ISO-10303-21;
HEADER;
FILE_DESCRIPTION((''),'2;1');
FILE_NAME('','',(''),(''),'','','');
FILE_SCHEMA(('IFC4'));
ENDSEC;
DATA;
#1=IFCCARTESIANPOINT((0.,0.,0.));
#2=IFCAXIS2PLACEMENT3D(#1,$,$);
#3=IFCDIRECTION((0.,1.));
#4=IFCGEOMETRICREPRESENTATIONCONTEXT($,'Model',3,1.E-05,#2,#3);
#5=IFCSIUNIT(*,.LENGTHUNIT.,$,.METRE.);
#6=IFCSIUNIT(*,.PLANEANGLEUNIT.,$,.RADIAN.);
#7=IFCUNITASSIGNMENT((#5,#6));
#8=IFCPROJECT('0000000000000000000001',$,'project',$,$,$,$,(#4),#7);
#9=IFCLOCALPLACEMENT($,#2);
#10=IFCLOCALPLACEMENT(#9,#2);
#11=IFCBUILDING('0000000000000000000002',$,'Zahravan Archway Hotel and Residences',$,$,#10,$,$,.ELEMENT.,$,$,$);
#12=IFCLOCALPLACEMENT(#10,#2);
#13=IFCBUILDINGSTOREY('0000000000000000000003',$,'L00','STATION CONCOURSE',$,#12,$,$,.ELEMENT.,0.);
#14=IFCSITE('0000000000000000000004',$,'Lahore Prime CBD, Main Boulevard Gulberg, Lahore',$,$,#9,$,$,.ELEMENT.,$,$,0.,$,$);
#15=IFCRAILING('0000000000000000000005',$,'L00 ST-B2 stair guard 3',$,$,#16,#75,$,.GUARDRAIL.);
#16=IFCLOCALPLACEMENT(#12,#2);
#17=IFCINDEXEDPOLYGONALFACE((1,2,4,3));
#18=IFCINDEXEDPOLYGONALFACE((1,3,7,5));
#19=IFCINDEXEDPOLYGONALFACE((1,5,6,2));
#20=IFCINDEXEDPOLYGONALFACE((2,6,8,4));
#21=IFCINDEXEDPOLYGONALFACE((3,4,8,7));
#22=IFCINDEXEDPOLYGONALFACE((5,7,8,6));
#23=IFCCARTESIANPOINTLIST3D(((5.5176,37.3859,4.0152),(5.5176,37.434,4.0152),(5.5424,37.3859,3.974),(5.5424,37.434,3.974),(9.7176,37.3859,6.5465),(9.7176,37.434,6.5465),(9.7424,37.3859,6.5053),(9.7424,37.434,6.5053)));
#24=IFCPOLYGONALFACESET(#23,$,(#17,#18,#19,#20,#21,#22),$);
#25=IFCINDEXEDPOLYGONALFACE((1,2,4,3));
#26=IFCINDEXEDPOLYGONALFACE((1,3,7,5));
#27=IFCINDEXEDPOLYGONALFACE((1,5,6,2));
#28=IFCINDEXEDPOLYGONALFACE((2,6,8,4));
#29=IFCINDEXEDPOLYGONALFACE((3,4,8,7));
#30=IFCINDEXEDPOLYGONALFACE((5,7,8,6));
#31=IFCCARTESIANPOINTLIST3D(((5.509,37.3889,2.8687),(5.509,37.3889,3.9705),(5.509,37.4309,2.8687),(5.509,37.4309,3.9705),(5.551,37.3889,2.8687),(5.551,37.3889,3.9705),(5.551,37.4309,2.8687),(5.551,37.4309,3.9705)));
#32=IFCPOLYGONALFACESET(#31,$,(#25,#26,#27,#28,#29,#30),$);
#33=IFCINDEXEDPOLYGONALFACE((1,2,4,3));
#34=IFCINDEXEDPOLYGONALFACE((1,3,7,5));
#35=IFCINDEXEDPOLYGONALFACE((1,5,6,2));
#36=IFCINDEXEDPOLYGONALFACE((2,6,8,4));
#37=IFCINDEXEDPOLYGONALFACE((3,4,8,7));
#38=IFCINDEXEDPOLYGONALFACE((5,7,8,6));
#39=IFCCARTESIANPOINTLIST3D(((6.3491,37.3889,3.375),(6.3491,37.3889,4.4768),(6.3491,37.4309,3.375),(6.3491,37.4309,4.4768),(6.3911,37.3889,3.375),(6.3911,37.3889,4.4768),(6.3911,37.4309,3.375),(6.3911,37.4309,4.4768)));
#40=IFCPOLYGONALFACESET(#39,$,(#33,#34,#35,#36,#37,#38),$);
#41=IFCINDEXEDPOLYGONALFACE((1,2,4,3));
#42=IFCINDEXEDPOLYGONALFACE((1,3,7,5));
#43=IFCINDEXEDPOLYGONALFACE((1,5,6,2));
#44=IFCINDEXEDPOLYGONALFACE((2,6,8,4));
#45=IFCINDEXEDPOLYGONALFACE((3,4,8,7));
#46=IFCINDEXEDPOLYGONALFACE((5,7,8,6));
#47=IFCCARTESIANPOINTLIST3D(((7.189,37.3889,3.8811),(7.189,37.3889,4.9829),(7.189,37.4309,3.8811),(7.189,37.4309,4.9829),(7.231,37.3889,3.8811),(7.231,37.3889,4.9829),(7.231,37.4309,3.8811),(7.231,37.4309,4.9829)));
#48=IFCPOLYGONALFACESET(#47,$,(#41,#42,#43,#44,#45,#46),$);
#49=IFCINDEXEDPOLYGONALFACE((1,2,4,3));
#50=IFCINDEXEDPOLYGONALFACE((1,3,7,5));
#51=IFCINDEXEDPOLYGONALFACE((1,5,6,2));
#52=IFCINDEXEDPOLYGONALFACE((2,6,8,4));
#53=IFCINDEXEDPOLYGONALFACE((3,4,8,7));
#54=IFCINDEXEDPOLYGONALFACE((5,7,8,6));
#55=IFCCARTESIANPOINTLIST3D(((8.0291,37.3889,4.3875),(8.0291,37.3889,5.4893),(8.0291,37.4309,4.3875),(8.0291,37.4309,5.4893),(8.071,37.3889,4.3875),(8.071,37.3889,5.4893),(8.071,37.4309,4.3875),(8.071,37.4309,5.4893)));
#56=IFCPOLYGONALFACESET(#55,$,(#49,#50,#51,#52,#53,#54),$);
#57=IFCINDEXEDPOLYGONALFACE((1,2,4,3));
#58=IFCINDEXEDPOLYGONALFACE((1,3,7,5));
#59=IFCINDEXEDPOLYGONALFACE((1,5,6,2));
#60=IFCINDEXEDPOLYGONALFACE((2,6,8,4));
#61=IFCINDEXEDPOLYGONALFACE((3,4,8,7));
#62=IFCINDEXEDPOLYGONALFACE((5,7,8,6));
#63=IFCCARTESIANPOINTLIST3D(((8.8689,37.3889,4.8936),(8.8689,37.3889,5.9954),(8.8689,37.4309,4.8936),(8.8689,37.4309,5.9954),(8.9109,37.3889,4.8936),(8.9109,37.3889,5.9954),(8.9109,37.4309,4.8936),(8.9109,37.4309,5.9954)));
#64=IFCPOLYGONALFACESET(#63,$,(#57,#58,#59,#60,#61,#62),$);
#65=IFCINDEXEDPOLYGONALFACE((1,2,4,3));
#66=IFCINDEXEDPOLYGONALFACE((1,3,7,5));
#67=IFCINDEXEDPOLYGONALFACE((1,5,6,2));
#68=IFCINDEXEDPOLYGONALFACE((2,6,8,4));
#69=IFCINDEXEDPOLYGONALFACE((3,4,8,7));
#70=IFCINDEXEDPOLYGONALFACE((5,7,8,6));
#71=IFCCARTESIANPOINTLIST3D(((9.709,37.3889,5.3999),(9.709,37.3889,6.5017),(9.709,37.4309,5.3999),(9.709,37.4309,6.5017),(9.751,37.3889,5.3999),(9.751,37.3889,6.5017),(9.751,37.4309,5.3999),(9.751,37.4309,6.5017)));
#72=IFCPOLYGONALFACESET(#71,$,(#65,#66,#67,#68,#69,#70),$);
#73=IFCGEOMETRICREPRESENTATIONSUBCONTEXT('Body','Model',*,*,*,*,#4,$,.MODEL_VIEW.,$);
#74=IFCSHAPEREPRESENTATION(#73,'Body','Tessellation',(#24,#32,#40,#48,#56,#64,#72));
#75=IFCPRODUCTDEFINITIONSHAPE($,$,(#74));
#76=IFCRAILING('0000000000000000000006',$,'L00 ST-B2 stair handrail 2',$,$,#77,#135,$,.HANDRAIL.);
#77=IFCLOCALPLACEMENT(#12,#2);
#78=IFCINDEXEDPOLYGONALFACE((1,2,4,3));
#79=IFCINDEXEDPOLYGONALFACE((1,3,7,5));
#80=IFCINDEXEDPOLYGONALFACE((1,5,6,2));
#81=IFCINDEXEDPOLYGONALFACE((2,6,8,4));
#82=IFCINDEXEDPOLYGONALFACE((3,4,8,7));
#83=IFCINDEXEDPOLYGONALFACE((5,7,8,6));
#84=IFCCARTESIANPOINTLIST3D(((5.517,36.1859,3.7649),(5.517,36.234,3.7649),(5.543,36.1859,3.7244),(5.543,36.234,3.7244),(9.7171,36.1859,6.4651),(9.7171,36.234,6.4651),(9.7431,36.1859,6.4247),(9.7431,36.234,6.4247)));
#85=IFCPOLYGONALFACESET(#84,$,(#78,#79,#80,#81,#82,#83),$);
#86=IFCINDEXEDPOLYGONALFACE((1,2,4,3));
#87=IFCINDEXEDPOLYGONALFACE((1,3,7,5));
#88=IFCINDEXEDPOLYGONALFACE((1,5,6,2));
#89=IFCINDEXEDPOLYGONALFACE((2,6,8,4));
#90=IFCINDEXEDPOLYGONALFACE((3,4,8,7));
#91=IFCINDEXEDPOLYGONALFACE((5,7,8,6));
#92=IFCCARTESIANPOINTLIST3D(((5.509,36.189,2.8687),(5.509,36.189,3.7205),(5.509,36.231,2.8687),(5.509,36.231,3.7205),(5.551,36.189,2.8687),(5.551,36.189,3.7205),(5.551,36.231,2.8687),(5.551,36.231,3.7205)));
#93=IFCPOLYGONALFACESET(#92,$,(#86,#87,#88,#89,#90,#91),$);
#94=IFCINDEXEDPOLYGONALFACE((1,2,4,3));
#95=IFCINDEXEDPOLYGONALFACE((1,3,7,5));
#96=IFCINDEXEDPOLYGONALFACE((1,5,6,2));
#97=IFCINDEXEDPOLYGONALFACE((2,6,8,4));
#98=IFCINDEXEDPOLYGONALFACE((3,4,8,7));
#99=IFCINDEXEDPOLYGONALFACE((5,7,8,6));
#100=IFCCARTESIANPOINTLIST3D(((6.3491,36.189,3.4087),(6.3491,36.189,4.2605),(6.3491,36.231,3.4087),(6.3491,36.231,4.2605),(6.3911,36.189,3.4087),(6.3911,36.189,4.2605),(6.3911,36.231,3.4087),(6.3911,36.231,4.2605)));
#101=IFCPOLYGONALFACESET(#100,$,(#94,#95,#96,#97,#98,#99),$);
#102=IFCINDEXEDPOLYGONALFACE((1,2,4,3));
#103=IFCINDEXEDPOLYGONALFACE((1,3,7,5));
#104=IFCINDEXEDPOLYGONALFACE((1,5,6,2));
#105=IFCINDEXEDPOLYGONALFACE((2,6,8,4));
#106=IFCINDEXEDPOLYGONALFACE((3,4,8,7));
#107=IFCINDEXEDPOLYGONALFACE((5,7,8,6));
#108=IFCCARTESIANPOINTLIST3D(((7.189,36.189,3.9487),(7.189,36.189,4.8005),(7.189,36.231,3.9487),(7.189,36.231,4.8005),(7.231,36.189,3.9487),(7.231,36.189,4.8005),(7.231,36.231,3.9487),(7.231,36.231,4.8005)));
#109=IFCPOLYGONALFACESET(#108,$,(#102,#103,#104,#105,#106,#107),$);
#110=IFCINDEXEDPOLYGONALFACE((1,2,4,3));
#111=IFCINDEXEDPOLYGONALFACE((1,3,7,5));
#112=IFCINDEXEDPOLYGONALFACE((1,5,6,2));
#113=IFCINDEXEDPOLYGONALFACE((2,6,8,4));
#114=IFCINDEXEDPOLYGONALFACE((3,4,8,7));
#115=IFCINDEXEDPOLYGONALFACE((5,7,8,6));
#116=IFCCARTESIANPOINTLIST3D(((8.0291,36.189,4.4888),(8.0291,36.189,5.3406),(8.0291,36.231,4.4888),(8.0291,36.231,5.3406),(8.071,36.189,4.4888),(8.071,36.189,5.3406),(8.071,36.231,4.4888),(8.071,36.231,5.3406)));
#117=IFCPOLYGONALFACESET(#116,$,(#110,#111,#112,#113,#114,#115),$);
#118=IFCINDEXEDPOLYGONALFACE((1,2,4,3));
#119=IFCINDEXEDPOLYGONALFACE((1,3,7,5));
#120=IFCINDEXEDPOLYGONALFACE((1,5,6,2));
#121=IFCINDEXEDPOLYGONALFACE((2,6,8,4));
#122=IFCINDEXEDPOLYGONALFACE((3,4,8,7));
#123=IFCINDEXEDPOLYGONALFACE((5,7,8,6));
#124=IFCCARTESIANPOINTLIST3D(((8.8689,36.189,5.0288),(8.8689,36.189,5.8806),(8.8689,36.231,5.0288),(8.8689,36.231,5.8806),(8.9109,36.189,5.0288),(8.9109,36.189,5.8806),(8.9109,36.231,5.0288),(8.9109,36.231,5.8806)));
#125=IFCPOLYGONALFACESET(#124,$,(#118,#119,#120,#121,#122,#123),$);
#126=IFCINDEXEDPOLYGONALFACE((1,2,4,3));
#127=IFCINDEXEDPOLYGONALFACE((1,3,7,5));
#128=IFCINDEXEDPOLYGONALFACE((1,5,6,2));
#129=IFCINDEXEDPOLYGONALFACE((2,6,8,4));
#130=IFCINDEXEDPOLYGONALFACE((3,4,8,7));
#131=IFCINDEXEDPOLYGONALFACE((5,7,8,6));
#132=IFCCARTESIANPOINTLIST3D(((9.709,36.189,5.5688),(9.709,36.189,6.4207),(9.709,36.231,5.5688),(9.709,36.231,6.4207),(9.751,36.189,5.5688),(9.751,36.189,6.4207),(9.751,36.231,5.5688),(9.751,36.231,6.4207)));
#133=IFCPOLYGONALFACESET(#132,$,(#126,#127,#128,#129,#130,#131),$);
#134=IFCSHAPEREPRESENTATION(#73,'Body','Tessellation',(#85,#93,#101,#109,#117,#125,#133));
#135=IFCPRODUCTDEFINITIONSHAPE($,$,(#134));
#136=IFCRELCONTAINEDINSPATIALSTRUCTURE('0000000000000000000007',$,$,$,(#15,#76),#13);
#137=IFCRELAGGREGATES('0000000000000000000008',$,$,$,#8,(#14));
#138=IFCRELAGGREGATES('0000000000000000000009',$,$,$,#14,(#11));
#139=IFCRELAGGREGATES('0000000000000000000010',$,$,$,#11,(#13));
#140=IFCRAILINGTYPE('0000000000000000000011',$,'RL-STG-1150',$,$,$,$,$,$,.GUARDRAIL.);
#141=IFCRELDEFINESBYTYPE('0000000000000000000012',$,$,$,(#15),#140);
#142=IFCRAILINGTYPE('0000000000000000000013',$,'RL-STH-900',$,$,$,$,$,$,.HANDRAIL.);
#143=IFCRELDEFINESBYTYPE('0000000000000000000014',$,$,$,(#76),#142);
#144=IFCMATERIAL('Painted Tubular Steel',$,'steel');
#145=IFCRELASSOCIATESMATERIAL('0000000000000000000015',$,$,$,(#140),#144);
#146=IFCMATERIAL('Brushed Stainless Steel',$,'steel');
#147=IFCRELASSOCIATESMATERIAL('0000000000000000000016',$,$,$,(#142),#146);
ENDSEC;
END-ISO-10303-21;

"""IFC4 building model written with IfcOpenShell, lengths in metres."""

from ifc_helpers import new_model, si_unit, direction, frame, origin, origin_2d, place, context, subcontext, project, spatial, rectangle, extrude, material, type_object, element, save


model = new_model("IFC4")

# Units and contexts
model_context = context("Model", 3, precision=1e-05, world=origin(), true_north=direction((0.0, 1.0)))
body_context = subcontext(model_context, "Body", "Model", "MODEL_VIEW")
ifc_project = project(units=[si_unit("LENGTHUNIT", "METRE"), si_unit("PLANEANGLEUNIT", "RADIAN")], contexts=[model_context])

# Site, building, storey
site_placement = place(None, origin())
site = spatial("IfcSite", under=ifc_project, at=site_placement, Name="Lahore Prime CBD, Main Boulevard Gulberg, Lahore", CompositionType="ELEMENT", RefElevation=0.0)
building_placement = place(site_placement, origin())
building = spatial("IfcBuilding", under=site, at=building_placement, Name="Zahravan Archway Hotel and Residences", CompositionType="ELEMENT")
storey_placement = place(building_placement, origin())
storey = spatial("IfcBuildingStorey", under=building, at=storey_placement, Name="L00", Description="STATION CONCOURSE", CompositionType="ELEMENT", Elevation=0.0)

# Railings
ifc_material_1 = material(Name="Painted Tubular Steel", Category="steel")
railing_type_1 = type_object("IfcRailingType", Name="RL-STG-1150", PredefinedType="GUARDRAIL", material=ifc_material_1)
railing_1_placement = place(storey_placement, frame((5.53, 37.4099, 2.8687)))
element("IfcRailing", 1, at=railing_1_placement, inside=storey, type_object=railing_type_1, Name="L00 ST-B2 stair guard 3", PredefinedType="GUARDRAIL", context=body_context, shape_type="SweptSolid", body=[
    extrude(rectangle(XDim=0.0481, YDim=0.0481, at=origin_2d()), frame((0.0, 0.0, 1.126), z_axis=(0.856476, 0.0, 0.516186), x_axis=(0.0, 1.0, 0.0)), (0.0, 0.0, 1.0), 4.9038),
    extrude(rectangle(XDim=0.042, YDim=0.042, at=origin_2d()), origin(), (0.0, 0.0, 1.0), 1.1018),
    extrude(rectangle(XDim=0.042, YDim=0.042, at=origin_2d()), frame((0.8401, 0.0, 0.5063)), (0.0, 0.0, 1.0), 1.1018),
    extrude(rectangle(XDim=0.042, YDim=0.042, at=origin_2d()), frame((1.6799, 0.0, 1.0125)), (0.0, 0.0, 1.0), 1.1018),
    extrude(rectangle(XDim=0.042, YDim=0.042, at=origin_2d()), frame((2.52, 0.0, 1.5188)), (0.0, 0.0, 1.0), 1.1018),
    extrude(rectangle(XDim=0.042, YDim=0.042, at=origin_2d()), frame((3.3599, 0.0, 2.0249)), (0.0, 0.0, 1.0), 1.1018),
    extrude(rectangle(XDim=0.042, YDim=0.042, at=origin_2d()), frame((4.2, 0.0, 2.5312)), (0.0, 0.0, 1.0), 1.1018),
])
ifc_material_2 = material(Name="Brushed Stainless Steel", Category="steel")
railing_type_2 = type_object("IfcRailingType", Name="RL-STH-900", PredefinedType="HANDRAIL", material=ifc_material_2)
railing_2_placement = place(storey_placement, frame((5.53, 36.21, 2.8687)))
element("IfcRailing", 2, at=railing_2_placement, inside=storey, type_object=railing_type_2, Name="L00 ST-B2 stair handrail 2", PredefinedType="HANDRAIL", context=body_context, shape_type="SweptSolid", body=[
    extrude(rectangle(XDim=0.0481, YDim=0.0481, at=origin_2d()), frame((0.0, 0.0, 0.876), z_axis=(0.841158, 0.0, 0.54079), x_axis=(0.0, 1.0, 0.0)), (0.0, 0.0, 1.0), 4.9932),
    extrude(rectangle(XDim=0.042, YDim=0.042, at=origin_2d()), origin(), (0.0, 0.0, 1.0), 0.8518),
    extrude(rectangle(XDim=0.042, YDim=0.042, at=origin_2d()), frame((0.8401, 0.0, 0.54)), (0.0, 0.0, 1.0), 0.8518),
    extrude(rectangle(XDim=0.042, YDim=0.042, at=origin_2d()), frame((1.6799, 0.0, 1.0801)), (0.0, 0.0, 1.0), 0.8518),
    extrude(rectangle(XDim=0.042, YDim=0.042, at=origin_2d()), frame((2.52, 0.0, 1.6201)), (0.0, 0.0, 1.0), 0.8518),
    extrude(rectangle(XDim=0.042, YDim=0.042, at=origin_2d()), frame((3.3599, 0.0, 2.1602)), (0.0, 0.0, 1.0), 0.8518),
    extrude(rectangle(XDim=0.042, YDim=0.042, at=origin_2d()), frame((4.2, 0.0, 2.7002)), (0.0, 0.0, 1.0), 0.8518),
])

save(model, "model.ifc")
